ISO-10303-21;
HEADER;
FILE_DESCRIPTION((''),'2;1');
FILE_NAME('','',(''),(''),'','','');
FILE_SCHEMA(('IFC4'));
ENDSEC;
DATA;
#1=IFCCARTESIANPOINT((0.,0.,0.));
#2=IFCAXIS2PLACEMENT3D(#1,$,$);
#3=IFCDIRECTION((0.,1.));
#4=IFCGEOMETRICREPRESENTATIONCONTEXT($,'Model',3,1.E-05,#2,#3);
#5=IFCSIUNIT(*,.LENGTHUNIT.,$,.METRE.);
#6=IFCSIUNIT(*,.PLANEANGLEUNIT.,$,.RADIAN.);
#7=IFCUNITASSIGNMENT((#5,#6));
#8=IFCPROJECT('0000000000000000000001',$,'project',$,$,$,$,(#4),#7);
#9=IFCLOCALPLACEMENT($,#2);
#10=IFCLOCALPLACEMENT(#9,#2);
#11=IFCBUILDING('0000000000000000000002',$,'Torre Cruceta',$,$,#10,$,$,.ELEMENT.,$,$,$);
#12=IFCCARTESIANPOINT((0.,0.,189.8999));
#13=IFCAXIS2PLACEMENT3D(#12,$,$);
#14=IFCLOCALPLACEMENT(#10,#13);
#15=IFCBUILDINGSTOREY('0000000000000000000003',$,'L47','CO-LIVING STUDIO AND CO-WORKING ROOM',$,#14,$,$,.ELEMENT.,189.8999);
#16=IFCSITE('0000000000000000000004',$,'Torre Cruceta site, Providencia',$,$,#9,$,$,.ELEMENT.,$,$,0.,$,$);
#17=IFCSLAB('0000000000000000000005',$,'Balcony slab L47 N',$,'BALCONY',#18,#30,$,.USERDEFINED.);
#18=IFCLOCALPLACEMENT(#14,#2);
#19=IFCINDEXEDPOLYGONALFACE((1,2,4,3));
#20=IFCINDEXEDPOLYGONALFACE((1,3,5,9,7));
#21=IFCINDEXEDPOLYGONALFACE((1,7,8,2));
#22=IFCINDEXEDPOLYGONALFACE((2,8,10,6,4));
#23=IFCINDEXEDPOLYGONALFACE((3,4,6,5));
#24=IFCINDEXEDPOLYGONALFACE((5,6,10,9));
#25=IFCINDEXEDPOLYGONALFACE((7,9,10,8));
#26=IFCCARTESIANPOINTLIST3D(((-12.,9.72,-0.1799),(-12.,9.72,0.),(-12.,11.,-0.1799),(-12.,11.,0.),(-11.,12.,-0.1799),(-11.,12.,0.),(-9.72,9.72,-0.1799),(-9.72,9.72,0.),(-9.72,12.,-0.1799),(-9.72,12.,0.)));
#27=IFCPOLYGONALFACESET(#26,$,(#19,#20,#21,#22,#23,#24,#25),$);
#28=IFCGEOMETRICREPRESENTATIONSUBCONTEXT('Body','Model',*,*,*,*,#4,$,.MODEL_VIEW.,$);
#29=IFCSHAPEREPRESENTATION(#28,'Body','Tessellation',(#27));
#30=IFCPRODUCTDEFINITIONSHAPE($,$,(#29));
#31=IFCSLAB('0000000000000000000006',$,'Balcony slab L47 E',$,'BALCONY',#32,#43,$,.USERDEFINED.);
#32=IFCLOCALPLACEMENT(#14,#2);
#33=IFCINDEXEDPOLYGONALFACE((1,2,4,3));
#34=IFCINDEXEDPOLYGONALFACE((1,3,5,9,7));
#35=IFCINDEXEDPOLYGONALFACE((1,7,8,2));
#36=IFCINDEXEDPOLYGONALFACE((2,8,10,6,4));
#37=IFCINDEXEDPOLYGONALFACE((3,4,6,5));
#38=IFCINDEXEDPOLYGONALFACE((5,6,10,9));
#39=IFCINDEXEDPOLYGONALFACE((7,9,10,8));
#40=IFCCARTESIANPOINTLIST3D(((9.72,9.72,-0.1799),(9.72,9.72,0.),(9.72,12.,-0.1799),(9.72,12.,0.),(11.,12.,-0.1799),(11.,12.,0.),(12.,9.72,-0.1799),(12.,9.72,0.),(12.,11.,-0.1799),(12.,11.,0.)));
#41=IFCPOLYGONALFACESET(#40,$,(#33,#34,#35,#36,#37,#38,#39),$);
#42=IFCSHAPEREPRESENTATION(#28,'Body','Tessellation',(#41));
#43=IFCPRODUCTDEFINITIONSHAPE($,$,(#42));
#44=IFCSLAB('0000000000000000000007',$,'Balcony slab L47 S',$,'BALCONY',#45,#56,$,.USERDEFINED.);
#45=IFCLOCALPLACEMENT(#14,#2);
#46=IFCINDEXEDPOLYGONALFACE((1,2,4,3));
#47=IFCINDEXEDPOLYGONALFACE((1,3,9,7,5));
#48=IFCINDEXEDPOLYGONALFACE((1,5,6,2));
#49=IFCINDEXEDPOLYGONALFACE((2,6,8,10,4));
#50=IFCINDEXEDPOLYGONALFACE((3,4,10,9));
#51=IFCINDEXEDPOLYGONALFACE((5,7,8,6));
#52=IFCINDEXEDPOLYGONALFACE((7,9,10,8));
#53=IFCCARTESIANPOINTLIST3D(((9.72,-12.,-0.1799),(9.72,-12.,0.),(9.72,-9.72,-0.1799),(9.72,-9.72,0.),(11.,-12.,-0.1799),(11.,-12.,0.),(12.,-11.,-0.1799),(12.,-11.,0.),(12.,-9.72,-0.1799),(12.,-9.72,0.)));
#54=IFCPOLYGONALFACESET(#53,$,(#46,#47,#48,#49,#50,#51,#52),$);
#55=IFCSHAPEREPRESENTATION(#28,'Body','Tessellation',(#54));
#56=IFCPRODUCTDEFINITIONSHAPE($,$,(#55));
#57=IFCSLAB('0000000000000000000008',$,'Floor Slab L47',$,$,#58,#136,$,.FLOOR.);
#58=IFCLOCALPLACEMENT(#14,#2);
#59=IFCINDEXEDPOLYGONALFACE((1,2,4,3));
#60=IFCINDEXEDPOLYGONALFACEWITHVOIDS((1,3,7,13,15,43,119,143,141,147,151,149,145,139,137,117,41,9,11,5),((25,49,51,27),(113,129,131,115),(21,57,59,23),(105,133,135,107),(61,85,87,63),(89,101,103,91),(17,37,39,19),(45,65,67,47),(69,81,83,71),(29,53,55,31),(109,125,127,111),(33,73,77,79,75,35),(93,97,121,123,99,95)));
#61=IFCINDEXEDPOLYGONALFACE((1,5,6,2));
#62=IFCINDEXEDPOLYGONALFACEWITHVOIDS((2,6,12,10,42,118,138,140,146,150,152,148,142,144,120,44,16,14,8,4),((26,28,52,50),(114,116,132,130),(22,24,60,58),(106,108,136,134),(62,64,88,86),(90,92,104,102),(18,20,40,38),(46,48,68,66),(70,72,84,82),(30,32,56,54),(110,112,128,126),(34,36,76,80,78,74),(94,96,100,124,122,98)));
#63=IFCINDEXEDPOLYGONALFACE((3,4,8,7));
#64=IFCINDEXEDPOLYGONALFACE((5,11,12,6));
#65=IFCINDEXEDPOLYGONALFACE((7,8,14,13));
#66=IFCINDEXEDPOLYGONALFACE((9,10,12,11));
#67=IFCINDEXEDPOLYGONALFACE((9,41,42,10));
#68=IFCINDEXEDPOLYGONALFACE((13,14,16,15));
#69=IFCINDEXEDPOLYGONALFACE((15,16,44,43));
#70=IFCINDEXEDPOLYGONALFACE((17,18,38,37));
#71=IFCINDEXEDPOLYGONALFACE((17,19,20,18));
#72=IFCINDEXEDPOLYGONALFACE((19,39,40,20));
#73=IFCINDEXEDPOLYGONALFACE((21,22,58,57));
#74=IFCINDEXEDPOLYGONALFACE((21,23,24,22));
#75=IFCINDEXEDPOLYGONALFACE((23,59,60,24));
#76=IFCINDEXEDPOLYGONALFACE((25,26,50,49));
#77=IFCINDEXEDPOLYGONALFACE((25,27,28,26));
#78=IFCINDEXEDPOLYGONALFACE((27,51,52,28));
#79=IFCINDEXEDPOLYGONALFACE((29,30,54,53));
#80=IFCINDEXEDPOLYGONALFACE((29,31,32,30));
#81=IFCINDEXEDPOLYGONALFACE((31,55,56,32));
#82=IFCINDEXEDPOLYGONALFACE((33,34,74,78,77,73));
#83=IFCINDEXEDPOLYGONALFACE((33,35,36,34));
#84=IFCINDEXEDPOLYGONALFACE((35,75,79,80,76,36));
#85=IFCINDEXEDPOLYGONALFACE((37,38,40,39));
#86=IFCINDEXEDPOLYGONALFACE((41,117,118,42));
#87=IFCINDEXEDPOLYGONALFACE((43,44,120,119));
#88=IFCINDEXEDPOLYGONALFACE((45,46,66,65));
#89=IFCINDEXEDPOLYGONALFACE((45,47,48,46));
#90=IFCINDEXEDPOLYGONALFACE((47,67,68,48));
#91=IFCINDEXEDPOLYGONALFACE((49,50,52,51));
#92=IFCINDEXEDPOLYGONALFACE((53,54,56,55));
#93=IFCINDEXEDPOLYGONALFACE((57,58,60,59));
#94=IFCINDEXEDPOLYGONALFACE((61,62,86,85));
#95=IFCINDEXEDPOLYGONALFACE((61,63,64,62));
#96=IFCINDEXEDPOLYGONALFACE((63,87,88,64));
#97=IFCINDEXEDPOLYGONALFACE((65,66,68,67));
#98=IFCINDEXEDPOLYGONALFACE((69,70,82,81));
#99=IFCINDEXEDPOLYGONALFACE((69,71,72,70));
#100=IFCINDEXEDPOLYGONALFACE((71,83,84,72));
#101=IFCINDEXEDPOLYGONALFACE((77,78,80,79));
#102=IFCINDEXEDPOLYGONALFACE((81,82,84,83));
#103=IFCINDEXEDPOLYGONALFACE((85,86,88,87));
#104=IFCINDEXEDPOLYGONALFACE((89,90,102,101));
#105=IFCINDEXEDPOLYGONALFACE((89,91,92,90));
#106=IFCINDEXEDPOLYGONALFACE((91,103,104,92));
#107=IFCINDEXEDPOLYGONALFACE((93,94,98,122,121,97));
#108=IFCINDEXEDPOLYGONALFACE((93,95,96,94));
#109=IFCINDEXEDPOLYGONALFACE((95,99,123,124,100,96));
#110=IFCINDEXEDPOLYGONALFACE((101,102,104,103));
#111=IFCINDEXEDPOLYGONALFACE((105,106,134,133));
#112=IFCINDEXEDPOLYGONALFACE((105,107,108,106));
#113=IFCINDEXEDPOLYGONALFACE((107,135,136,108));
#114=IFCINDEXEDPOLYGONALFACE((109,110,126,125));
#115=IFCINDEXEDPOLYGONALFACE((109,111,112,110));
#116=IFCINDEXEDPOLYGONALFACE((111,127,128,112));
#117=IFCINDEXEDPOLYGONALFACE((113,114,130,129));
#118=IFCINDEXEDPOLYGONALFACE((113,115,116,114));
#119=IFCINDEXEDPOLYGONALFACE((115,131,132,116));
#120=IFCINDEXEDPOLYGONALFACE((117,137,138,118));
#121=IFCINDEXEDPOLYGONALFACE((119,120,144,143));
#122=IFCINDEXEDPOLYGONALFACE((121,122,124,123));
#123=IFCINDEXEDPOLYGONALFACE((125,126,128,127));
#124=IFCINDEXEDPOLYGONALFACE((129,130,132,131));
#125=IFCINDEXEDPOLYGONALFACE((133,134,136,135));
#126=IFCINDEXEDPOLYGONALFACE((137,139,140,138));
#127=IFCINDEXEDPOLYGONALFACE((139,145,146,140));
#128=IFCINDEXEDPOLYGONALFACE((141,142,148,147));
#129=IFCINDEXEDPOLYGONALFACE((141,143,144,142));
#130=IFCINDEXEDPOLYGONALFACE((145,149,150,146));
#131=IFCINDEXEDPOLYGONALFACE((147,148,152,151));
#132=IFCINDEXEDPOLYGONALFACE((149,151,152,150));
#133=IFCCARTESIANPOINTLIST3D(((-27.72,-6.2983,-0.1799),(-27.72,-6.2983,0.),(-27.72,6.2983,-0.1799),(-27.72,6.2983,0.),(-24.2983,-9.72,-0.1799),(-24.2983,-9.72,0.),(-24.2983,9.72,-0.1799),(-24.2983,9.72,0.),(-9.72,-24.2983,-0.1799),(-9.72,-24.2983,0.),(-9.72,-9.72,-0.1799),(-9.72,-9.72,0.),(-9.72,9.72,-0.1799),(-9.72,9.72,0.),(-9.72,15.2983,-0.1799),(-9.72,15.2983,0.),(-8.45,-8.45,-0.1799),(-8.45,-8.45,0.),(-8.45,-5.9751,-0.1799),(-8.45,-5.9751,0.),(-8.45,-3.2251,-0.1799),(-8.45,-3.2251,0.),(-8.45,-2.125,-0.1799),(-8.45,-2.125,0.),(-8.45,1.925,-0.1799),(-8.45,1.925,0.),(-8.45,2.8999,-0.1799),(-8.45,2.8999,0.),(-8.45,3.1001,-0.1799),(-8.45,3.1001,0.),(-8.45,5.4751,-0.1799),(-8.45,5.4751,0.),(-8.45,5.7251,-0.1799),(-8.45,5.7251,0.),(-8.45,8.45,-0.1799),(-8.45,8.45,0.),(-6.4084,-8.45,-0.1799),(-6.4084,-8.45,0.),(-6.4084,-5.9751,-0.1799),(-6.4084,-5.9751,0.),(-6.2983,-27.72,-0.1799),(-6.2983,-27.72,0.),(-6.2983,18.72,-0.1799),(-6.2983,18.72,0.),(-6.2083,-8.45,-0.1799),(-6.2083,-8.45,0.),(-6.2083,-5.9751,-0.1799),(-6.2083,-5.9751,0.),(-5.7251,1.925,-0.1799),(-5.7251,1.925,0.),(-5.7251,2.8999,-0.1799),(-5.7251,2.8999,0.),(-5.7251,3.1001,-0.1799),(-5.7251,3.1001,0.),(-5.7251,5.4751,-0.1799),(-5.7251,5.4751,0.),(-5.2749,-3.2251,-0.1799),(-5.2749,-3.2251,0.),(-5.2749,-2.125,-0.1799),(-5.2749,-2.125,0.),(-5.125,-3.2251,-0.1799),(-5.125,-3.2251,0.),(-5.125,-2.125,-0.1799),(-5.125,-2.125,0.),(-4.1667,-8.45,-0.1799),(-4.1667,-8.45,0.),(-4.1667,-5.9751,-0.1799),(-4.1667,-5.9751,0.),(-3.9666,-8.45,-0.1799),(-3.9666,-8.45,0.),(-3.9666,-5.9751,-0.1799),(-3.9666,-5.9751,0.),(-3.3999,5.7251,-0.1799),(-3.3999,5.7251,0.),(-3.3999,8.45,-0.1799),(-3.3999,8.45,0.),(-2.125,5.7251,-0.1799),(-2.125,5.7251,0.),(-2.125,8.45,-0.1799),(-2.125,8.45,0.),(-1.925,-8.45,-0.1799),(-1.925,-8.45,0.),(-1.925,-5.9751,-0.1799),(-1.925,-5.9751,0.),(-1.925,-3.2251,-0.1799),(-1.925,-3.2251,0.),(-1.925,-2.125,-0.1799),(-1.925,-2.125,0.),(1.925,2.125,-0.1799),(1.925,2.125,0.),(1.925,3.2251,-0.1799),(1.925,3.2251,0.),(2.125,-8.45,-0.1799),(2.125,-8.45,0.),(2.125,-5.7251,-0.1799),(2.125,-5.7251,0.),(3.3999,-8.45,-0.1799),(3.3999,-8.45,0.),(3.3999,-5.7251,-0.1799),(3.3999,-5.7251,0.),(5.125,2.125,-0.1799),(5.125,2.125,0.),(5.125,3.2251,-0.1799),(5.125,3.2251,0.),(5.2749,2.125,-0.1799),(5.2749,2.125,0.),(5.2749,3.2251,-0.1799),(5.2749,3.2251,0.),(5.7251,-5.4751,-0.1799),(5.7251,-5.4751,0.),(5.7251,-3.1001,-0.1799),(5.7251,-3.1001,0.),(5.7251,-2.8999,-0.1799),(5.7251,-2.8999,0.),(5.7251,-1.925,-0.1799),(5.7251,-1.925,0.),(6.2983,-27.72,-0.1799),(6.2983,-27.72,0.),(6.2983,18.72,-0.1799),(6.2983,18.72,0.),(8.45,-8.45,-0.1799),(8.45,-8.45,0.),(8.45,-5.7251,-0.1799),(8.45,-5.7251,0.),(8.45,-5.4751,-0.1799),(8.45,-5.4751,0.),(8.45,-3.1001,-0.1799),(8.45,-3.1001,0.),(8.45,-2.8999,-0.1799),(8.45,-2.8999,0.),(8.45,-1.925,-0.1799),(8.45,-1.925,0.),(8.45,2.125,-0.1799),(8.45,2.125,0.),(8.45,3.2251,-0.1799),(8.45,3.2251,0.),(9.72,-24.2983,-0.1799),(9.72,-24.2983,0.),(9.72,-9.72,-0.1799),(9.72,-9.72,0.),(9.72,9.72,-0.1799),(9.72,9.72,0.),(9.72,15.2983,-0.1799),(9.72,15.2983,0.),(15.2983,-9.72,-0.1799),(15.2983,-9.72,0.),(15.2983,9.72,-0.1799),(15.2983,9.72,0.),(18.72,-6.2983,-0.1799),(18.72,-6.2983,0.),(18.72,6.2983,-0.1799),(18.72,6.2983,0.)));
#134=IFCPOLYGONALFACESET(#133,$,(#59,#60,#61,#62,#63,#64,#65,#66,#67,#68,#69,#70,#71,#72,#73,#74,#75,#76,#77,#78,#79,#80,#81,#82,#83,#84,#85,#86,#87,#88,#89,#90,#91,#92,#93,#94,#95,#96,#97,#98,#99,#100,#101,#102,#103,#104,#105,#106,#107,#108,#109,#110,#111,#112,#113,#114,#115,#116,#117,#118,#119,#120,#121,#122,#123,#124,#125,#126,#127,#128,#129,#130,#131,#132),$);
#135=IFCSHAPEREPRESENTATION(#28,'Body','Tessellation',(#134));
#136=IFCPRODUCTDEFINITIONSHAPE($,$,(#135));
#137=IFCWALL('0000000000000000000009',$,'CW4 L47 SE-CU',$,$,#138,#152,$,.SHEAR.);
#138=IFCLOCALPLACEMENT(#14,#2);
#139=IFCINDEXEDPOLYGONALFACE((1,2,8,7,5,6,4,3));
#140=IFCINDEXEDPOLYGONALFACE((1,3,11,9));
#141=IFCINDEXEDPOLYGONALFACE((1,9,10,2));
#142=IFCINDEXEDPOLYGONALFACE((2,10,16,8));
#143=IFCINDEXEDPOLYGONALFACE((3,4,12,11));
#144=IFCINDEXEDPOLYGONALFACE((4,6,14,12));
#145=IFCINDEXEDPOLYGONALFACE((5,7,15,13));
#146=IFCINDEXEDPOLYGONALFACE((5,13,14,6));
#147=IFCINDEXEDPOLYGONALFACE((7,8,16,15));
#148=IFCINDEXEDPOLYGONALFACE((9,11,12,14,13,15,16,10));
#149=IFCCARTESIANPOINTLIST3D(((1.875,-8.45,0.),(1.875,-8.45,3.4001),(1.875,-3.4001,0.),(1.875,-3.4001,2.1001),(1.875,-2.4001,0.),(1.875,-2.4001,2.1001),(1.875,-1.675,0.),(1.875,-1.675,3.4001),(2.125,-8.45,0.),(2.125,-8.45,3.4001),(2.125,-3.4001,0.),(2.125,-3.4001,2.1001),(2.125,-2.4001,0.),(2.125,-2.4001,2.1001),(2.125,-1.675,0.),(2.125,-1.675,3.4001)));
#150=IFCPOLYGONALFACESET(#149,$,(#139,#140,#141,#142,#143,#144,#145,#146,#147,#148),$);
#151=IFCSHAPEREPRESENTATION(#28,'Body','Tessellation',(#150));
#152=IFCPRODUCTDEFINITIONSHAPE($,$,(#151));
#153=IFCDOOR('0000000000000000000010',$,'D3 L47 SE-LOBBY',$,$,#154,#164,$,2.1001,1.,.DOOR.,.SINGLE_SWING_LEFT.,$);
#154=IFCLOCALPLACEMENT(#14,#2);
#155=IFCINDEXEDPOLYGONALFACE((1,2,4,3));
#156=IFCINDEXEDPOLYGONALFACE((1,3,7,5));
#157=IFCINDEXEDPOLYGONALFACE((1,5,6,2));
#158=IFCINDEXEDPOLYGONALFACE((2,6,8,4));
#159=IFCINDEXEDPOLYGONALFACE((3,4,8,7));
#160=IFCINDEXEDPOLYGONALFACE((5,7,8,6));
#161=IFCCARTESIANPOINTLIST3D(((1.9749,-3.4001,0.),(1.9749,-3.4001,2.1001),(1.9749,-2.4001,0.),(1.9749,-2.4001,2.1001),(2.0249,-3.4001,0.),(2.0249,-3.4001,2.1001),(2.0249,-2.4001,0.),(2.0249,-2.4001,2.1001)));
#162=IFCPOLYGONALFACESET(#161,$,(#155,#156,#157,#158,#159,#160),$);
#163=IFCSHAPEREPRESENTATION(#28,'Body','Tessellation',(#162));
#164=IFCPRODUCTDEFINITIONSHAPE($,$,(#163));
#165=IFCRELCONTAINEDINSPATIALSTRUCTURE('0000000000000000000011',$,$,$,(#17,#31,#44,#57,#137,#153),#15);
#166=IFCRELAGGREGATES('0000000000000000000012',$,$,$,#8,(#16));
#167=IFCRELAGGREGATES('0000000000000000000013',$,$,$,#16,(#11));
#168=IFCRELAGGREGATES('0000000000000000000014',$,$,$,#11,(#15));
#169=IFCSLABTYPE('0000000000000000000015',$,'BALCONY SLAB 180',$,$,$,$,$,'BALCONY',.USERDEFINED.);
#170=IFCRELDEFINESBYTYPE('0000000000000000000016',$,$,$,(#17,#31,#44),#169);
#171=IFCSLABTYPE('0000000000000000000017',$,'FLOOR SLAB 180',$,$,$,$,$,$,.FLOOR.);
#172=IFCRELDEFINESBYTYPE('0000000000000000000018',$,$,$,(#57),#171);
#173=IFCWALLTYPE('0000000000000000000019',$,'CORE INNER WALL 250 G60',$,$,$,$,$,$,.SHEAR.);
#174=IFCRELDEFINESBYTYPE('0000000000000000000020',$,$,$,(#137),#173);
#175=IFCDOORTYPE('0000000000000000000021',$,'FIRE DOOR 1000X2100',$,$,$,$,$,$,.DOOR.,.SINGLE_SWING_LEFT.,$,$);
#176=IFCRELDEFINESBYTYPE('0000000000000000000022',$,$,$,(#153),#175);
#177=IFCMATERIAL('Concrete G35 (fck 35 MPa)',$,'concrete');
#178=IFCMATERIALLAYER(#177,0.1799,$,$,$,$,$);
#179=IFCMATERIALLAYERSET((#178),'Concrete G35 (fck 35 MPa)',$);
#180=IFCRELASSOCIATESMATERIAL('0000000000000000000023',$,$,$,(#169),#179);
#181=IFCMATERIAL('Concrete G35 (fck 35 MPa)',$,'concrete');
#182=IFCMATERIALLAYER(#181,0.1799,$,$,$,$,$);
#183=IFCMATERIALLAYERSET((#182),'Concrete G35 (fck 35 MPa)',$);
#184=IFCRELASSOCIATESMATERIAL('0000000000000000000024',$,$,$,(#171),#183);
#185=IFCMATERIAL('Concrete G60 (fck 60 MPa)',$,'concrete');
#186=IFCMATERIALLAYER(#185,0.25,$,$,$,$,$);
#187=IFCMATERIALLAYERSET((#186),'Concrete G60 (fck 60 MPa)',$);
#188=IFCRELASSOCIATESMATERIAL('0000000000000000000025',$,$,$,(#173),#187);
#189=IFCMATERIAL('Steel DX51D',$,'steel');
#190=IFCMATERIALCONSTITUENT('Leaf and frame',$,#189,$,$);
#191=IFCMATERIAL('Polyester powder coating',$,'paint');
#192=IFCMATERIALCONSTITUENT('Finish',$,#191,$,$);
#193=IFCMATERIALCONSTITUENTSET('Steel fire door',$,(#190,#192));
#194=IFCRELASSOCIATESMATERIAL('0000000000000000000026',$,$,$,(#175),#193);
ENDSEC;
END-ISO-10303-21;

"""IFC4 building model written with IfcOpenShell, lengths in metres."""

from ifc_helpers import new_model, si_unit, direction, frame, frame_2d, origin, place, context, subcontext, project, spatial, polyline, rectangle, outline, extrude, material, layer, layer_set, constituent, constituent_set, type_object, element, fill, save


model = new_model("IFC4")

# Units and contexts
model_context = context("Model", 3, precision=1e-05, world=origin(), true_north=direction((0.0, 1.0)))
body_context = subcontext(model_context, "Body", "Model", "MODEL_VIEW")
ifc_project = project(units=[si_unit("LENGTHUNIT", "METRE"), si_unit("PLANEANGLEUNIT", "RADIAN")], contexts=[model_context])

# Site, building, storey
site_placement = place(None, origin())
site = spatial("IfcSite", under=ifc_project, at=site_placement, Name="Torre Cruceta site, Providencia", CompositionType="ELEMENT", RefElevation=0.0)
building_placement = place(site_placement, origin())
building = spatial("IfcBuilding", under=site, at=building_placement, Name="Torre Cruceta", CompositionType="ELEMENT")
storey_placement = place(building_placement, frame((0.0, 0.0, 189.8999)))
storey = spatial("IfcBuildingStorey", under=building, at=storey_placement, Name="L47", Description="CO-LIVING STUDIO AND CO-WORKING ROOM", CompositionType="ELEMENT", Elevation=189.8999)

# Slabs
ifc_material_1 = material(Name="Concrete G35 (fck 35 MPa)", Category="concrete")
ifc_layer_1 = layer(ifc_material_1, 0.1799)
ifc_layer_set_1 = layer_set([ifc_layer_1], Name="Concrete G35 (fck 35 MPa)")
slab_type_1 = type_object("IfcSlabType", Name="BALCONY SLAB 180", ElementType="BALCONY", PredefinedType="USERDEFINED", material=ifc_layer_set_1)
slab_1_placement = place(storey_placement, frame((0.0, 0.0, -0.1799)))
element("IfcSlab", 1, at=slab_1_placement, inside=storey, type_object=slab_type_1, Name="Balcony slab L47 N", ObjectType="BALCONY", PredefinedType="USERDEFINED", context=body_context, shape_type="SweptSolid", body=[
    extrude(outline(polyline([(-12.0, 11.0), (-11.0, 12.0), (-9.72, 12.0), (-9.72, 9.72), (-12.0, 9.72), (-12.0, 11.0)])), origin(), (0.0, 0.0, 1.0), 0.1799),
])
slab_2_placement = place(storey_placement, frame((0.0, 0.0, -0.1799)))
element("IfcSlab", 2, at=slab_2_placement, inside=storey, type_object=slab_type_1, Name="Balcony slab L47 E", ObjectType="BALCONY", PredefinedType="USERDEFINED", context=body_context, shape_type="SweptSolid", body=[
    extrude(outline(polyline([(11.0, 12.0), (12.0, 11.0), (12.0, 9.72), (9.72, 9.72), (9.72, 12.0), (11.0, 12.0)])), origin(), (0.0, 0.0, 1.0), 0.1799),
])
slab_3_placement = place(storey_placement, frame((0.0, 0.0, -0.1799)))
element("IfcSlab", 3, at=slab_3_placement, inside=storey, type_object=slab_type_1, Name="Balcony slab L47 S", ObjectType="BALCONY", PredefinedType="USERDEFINED", context=body_context, shape_type="SweptSolid", body=[
    extrude(outline(polyline([(12.0, -11.0), (11.0, -12.0), (9.72, -12.0), (9.72, -9.72), (12.0, -9.72), (12.0, -11.0)])), origin(), (0.0, 0.0, 1.0), 0.1799),
])
ifc_material_2 = material(Name="Concrete G35 (fck 35 MPa)", Category="concrete")
ifc_layer_2 = layer(ifc_material_2, 0.1799)
ifc_layer_set_2 = layer_set([ifc_layer_2], Name="Concrete G35 (fck 35 MPa)")
slab_type_2 = type_object("IfcSlabType", Name="FLOOR SLAB 180", PredefinedType="FLOOR", material=ifc_layer_set_2)
slab_4_placement = place(storey_placement, frame((0.0, 0.0, -0.1799)))
element("IfcSlab", 4, at=slab_4_placement, inside=storey, type_object=slab_type_2, Name="Floor Slab L47", PredefinedType="FLOOR", context=body_context, shape_type="SweptSolid", body=[
    extrude(outline(polyline([(9.72, -9.72), (9.72, -24.2983), (6.2983, -27.72), (-6.2983, -27.72), (-9.72, -24.2983), (-9.72, -9.72), (-24.2983, -9.72), (-27.72, -6.2983), (-27.72, 6.2983), (-24.2983, 9.72), (-9.72, 9.72), (-9.72, 15.2983), (-6.2983, 18.72), (6.2983, 18.72), (9.72, 15.2983), (9.72, 9.72), (15.2983, 9.72), (18.72, 6.2983), (18.72, -6.2983), (15.2983, -9.72), (9.72, -9.72)]), holes=[polyline([(1.925, 2.125), (5.125, 2.125), (5.125, 3.2251), (1.925, 3.2251), (1.925, 2.125)]), polyline([(5.2749, 2.125), (8.45, 2.125), (8.45, 3.2251), (5.2749, 3.2251), (5.2749, 2.125)]), polyline([(-8.45, 3.1001), (-5.7251, 3.1001), (-5.7251, 5.4751), (-8.45, 5.4751), (-8.45, 3.1001)]), polyline([(-8.45, 1.925), (-5.7251, 1.925), (-5.7251, 2.8999), (-8.45, 2.8999), (-8.45, 1.925)]), polyline([(-3.9666, -8.45), (-1.925, -8.45), (-1.925, -5.9751), (-3.9666, -5.9751), (-3.9666, -8.45)]), polyline([(-6.2083, -8.45), (-4.1667, -8.45), (-4.1667, -5.9751), (-6.2083, -5.9751), (-6.2083, -8.45)]), polyline([(-8.45, -8.45), (-6.4084, -8.45), (-6.4084, -5.9751), (-8.45, -5.9751), (-8.45, -8.45)]), polyline([(-5.125, -3.2251), (-1.925, -3.2251), (-1.925, -2.125), (-5.125, -2.125), (-5.125, -3.2251)]), polyline([(-8.45, -3.2251), (-5.2749, -3.2251), (-5.2749, -2.125), (-8.45, -2.125), (-8.45, -3.2251)]), polyline([(5.7251, -5.4751), (8.45, -5.4751), (8.45, -3.1001), (5.7251, -3.1001), (5.7251, -5.4751)]), polyline([(5.7251, -2.8999), (8.45, -2.8999), (8.45, -1.925), (5.7251, -1.925), (5.7251, -2.8999)]), polyline([(-8.45, 5.7251), (-8.45, 8.45), (-3.3999, 8.45), (-2.125, 8.45), (-2.125, 5.7251), (-3.3999, 5.7251), (-8.45, 5.7251)]), polyline([(2.125, -5.7251), (3.3999, -5.7251), (8.45, -5.7251), (8.45, -8.45), (3.3999, -8.45), (2.125, -8.45), (2.125, -5.7251)])]), origin(), (0.0, 0.0, 1.0), 0.1799),
])

# Wall, opening, door
ifc_material_3 = material(Name="Concrete G60 (fck 60 MPa)", Category="concrete")
ifc_layer_3 = layer(ifc_material_3, 0.25)
ifc_layer_set_3 = layer_set([ifc_layer_3], Name="Concrete G60 (fck 60 MPa)")
wall_type_1 = type_object("IfcWallType", Name="CORE INNER WALL 250 G60", PredefinedType="SHEAR", material=ifc_layer_set_3)
wall_1_placement = place(storey_placement, frame((2.0, -1.675, 0.0), z_axis=(0.0, 0.0, 1.0), x_axis=(0.0, -1.0, 0.0)))
wall_1 = element("IfcWall", 5, at=wall_1_placement, inside=storey, type_object=wall_type_1, Name="CW4 L47 SE-CU", PredefinedType="SHEAR", context=body_context, shape_type="SweptSolid", body=[
    extrude(rectangle(XDim=6.7749, YDim=0.25, at=frame_2d((3.3875, 0.0))), origin(), (0.0, 0.0, 1.0), 3.4001),
])
opening_1_placement = place(wall_1_placement, frame((0.7251, 0.0, 0.0)))
opening_1 = element("IfcOpeningElement", 6, at=opening_1_placement, cuts=wall_1, PredefinedType="OPENING", context=body_context, shape_type="SweptSolid", body=[
    extrude(rectangle(XDim=1.0, YDim=2.1001, at=frame_2d((0.5, 1.05))), frame((0.0, 0.135, 0.0), z_axis=(0.0, -1.0, 0.0), x_axis=(1.0, 0.0, 0.0)), (0.0, 0.0, 1.0), 0.27),
])
ifc_material_4 = material(Name="Steel DX51D", Category="steel")
ifc_constituent_1 = constituent(ifc_material_4, Name="Leaf and frame")
ifc_material_5 = material(Name="Polyester powder coating", Category="paint")
ifc_constituent_2 = constituent(ifc_material_5, Name="Finish")
ifc_constituent_set_1 = constituent_set(constituents=[ifc_constituent_1, ifc_constituent_2], Name="Steel fire door")
door_type_1 = type_object("IfcDoorType", Name="FIRE DOOR 1000X2100", OperationType="SINGLE_SWING_LEFT", PredefinedType="DOOR", material=ifc_constituent_set_1)
door_1_placement = place(opening_1_placement, origin())
door_1 = element("IfcDoor", 7, at=door_1_placement, inside=storey, type_object=door_type_1, Name="D3 L47 SE-LOBBY", OperationType="SINGLE_SWING_LEFT", OverallHeight=2.1001, OverallWidth=1.0, PredefinedType="DOOR", context=body_context, shape_type="SweptSolid", body=[
    extrude(rectangle(XDim=1.0, YDim=2.1001, at=frame_2d((0.5, 1.05))), frame((0.0, 0.0249, 0.0), z_axis=(0.0, -1.0, 0.0), x_axis=(1.0, 0.0, 0.0)), (0.0, 0.0, 1.0), 0.05),
])
fill(opening_1, door_1)

save(model, "model.ifc")
